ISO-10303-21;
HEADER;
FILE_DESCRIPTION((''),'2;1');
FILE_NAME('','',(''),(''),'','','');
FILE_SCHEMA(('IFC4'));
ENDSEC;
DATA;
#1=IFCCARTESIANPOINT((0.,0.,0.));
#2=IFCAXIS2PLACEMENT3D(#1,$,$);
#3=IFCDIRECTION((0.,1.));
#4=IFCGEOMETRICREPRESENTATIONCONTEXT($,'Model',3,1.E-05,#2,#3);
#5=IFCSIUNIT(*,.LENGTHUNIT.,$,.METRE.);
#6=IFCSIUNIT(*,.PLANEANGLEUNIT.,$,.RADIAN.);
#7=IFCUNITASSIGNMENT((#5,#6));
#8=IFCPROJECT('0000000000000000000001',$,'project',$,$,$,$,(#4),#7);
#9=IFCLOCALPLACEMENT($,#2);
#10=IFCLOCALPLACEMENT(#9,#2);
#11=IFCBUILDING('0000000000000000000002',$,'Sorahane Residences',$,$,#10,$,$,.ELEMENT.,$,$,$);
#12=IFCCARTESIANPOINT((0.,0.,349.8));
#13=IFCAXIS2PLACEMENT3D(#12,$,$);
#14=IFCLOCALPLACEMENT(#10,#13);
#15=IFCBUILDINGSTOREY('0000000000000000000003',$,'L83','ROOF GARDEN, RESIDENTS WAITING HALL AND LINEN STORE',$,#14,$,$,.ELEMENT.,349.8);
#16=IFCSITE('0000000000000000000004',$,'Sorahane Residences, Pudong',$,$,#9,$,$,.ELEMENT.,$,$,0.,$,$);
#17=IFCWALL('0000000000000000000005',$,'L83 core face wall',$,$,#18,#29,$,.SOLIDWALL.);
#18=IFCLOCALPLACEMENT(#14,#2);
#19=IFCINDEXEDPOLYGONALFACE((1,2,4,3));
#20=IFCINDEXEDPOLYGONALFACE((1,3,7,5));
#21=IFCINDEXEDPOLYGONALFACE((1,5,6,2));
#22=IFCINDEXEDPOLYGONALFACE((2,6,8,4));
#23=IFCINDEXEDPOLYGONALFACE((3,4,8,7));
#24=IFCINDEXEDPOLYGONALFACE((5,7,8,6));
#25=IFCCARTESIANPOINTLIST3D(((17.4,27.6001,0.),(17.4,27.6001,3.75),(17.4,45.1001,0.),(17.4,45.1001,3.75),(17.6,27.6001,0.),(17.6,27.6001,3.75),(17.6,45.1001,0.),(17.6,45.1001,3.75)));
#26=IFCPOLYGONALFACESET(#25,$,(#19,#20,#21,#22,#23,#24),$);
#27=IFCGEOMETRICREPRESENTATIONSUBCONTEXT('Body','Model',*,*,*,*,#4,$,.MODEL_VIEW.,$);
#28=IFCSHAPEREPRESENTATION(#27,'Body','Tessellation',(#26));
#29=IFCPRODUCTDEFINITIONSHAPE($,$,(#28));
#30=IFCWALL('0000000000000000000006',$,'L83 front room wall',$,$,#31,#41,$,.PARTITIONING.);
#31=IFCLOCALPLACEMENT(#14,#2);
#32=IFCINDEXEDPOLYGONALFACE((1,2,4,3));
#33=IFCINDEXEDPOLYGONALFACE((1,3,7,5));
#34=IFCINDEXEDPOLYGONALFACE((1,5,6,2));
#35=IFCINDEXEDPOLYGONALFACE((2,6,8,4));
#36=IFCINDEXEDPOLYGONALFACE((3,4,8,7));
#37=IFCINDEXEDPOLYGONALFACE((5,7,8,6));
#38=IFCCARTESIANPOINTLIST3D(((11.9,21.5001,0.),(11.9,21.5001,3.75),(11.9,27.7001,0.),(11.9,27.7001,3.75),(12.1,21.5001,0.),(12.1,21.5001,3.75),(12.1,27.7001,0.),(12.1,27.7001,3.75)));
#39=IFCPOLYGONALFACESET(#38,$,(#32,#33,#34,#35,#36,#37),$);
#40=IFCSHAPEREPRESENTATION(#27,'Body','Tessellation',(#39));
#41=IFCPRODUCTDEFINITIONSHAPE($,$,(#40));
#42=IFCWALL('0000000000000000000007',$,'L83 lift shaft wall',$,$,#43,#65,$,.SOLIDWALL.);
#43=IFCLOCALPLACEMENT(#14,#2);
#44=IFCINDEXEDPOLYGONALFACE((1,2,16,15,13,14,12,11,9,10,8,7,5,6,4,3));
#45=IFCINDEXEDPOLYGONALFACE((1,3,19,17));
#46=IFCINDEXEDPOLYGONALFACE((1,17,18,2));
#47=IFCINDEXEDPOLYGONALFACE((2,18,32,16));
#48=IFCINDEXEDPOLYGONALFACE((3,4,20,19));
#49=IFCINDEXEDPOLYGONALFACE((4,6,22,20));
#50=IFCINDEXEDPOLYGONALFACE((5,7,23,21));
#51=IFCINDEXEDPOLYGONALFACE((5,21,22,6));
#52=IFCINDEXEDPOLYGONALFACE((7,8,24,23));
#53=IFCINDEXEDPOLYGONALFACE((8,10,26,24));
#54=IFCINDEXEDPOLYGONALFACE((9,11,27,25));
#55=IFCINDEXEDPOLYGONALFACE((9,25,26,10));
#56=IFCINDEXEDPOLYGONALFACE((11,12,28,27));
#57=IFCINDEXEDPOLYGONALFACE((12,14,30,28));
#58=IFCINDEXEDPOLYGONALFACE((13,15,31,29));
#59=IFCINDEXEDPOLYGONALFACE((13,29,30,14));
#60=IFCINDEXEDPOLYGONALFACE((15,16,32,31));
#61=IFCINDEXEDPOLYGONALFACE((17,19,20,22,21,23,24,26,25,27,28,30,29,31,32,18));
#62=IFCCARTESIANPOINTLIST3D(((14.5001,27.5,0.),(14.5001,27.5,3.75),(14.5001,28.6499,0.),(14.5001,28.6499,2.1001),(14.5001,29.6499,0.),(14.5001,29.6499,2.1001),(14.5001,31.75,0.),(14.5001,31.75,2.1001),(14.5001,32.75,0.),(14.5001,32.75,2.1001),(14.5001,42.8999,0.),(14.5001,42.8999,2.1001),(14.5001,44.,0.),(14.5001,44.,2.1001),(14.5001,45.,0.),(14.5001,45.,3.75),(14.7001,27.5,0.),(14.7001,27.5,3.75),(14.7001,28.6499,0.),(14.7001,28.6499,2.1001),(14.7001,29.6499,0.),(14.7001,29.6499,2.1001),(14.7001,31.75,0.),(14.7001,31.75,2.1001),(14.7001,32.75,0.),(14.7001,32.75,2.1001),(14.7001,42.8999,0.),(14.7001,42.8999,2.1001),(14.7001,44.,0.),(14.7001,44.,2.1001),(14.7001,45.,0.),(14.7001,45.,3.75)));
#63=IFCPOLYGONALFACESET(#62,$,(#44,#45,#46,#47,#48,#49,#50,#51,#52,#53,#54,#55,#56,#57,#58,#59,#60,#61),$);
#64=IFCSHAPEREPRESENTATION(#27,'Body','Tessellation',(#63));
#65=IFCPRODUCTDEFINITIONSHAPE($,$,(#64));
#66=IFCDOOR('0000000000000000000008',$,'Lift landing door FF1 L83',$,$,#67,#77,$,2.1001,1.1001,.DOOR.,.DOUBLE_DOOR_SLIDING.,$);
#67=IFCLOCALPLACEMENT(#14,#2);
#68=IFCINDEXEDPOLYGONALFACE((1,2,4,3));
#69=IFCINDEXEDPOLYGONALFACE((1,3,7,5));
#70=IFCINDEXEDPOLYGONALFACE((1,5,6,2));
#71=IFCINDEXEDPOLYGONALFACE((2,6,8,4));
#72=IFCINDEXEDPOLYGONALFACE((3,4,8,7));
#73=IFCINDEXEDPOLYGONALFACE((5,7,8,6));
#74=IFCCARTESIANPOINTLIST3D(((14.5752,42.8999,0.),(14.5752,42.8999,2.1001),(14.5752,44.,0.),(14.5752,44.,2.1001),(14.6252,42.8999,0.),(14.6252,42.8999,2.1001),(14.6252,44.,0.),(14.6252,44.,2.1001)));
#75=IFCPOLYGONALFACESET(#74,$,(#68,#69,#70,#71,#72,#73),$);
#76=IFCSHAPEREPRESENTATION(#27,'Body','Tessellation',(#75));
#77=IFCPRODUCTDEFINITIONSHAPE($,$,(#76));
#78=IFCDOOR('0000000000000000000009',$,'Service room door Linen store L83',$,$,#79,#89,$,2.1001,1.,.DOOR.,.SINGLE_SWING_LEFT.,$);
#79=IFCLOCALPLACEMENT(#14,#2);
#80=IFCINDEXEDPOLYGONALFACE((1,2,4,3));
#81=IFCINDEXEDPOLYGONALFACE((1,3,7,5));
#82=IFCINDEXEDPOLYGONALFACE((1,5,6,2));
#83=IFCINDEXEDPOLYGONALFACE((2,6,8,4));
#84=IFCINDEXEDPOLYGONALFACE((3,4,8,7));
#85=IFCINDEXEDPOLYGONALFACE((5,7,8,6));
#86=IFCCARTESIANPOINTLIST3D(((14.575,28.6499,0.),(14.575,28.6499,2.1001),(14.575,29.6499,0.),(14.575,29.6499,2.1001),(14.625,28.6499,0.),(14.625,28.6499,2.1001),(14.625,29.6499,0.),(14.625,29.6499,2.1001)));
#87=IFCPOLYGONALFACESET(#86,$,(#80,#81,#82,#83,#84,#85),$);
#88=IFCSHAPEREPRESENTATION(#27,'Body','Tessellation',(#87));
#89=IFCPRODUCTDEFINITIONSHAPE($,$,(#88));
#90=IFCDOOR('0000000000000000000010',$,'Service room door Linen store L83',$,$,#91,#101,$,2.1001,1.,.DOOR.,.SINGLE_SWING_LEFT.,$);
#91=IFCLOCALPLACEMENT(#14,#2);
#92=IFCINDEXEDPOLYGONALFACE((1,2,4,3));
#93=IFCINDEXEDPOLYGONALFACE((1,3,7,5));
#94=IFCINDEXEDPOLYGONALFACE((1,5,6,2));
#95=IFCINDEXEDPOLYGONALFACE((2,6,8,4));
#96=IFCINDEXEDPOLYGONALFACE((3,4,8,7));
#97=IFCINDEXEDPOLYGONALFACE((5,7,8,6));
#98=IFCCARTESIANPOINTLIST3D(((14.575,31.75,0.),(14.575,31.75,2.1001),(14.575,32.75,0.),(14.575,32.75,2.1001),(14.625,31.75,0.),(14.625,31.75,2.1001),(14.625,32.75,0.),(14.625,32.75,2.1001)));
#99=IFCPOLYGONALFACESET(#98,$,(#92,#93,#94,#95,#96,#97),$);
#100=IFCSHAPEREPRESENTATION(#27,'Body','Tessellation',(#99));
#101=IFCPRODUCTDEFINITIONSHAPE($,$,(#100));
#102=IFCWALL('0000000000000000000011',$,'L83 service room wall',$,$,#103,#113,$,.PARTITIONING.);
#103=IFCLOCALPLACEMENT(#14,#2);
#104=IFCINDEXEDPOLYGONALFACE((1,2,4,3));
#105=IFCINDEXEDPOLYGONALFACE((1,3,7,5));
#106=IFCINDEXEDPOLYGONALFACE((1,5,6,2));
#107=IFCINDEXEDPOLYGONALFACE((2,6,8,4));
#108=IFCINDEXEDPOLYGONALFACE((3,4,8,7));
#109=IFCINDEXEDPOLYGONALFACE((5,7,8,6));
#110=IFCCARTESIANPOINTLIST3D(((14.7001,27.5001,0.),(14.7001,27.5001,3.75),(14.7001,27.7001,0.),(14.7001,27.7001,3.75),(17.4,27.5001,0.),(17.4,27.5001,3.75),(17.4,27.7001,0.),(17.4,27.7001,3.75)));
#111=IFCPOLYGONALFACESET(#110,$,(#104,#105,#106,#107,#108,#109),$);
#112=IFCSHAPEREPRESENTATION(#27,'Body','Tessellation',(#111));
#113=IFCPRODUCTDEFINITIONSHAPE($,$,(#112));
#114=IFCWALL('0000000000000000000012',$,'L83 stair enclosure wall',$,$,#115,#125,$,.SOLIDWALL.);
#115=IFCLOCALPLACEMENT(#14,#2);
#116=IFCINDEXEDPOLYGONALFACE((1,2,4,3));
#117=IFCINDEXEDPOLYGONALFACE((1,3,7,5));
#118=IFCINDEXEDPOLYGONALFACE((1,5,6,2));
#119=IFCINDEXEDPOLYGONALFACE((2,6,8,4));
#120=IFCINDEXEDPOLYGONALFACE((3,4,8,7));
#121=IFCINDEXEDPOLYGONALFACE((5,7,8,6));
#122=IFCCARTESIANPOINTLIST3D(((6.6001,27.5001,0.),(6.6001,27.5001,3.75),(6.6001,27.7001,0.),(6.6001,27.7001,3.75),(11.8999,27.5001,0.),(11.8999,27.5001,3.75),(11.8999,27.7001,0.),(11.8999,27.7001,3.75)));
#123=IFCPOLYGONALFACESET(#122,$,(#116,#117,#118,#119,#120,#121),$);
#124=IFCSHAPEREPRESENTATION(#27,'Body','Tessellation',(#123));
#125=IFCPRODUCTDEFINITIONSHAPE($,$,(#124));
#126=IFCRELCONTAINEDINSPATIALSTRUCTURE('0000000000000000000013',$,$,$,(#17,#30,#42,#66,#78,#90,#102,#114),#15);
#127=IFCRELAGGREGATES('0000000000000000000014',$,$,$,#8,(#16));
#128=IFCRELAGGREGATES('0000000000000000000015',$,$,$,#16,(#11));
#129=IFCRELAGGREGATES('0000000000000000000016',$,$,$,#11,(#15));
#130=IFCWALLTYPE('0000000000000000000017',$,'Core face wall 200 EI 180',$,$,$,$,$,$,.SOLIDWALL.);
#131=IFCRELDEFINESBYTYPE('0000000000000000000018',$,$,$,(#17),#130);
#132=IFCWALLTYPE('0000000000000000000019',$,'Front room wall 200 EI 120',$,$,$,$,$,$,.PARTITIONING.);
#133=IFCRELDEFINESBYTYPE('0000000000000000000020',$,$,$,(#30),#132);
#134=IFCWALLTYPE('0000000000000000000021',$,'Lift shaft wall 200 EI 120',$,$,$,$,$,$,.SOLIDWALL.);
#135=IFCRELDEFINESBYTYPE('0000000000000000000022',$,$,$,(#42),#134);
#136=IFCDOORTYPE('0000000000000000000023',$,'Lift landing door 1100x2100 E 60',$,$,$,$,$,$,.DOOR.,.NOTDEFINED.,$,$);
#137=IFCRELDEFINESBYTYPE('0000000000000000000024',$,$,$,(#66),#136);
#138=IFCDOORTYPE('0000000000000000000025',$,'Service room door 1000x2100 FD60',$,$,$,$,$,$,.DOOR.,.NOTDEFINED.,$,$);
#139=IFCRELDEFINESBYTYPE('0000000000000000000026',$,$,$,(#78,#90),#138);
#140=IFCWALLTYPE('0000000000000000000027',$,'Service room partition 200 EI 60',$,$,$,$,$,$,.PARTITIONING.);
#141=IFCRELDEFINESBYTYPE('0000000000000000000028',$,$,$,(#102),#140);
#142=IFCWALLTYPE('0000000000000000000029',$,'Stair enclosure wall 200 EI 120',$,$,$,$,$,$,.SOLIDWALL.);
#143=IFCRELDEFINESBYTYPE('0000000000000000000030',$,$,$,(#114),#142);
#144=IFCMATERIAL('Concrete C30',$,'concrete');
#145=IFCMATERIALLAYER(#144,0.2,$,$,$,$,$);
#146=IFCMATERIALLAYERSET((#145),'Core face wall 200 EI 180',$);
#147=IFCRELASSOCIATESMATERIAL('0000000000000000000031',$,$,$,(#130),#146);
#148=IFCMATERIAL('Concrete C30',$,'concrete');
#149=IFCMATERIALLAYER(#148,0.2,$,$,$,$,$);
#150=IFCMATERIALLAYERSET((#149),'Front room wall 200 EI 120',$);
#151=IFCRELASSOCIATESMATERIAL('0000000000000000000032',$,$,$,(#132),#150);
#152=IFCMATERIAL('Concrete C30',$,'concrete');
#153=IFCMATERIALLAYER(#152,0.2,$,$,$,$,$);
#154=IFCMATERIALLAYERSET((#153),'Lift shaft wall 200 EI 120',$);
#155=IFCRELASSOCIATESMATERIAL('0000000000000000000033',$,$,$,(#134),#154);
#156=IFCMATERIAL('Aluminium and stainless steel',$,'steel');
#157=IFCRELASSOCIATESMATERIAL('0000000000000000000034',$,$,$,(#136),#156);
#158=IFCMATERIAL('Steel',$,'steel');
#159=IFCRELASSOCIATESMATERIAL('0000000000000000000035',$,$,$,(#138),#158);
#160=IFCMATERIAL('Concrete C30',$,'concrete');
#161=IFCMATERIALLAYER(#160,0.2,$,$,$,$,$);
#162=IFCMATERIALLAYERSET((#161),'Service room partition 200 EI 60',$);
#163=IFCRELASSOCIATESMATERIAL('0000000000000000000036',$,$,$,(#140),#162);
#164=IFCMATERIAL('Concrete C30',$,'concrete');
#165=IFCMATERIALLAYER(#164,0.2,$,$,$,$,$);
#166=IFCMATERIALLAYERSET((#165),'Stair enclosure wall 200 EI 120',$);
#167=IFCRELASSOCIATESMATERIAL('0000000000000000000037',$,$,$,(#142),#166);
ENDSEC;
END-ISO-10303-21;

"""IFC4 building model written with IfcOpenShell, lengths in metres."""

from ifc_helpers import new_model, si_unit, direction, frame, frame_2d, origin, place, context, subcontext, project, spatial, rectangle, extrude, material, layer, layer_set, type_object, element, fill, save


model = new_model("IFC4")

# Units and contexts
model_context = context("Model", 3, precision=1e-05, world=origin(), true_north=direction((0.0, 1.0)))
body_context = subcontext(model_context, "Body", "Model", "MODEL_VIEW")
ifc_project = project(units=[si_unit("LENGTHUNIT", "METRE"), si_unit("PLANEANGLEUNIT", "RADIAN")], contexts=[model_context])

# Site, building, storey
site_placement = place(None, origin())
site = spatial("IfcSite", under=ifc_project, at=site_placement, Name="Sorahane Residences, Pudong", CompositionType="ELEMENT", RefElevation=0.0)
building_placement = place(site_placement, origin())
building = spatial("IfcBuilding", under=site, at=building_placement, Name="Sorahane Residences", CompositionType="ELEMENT")
storey_placement = place(building_placement, frame((0.0, 0.0, 349.8)))
storey = spatial("IfcBuildingStorey", under=building, at=storey_placement, Name="L83", Description="ROOF GARDEN, RESIDENTS WAITING HALL AND LINEN STORE", CompositionType="ELEMENT", Elevation=349.8)

# Walls
ifc_material_1 = material(Name="Concrete C30", Category="concrete")
ifc_layer_1 = layer(ifc_material_1, 0.2)
ifc_layer_set_1 = layer_set([ifc_layer_1], Name="Core face wall 200 EI 180")
wall_type_1 = type_object("IfcWallType", Name="Core face wall 200 EI 180", PredefinedType="SOLIDWALL", material=ifc_layer_set_1)
wall_1_placement = place(storey_placement, frame((17.5, 27.6001, 0.0), z_axis=(0.0, 0.0, 1.0), x_axis=(0.0, 1.0, 0.0)))
element("IfcWall", 1, at=wall_1_placement, inside=storey, type_object=wall_type_1, Name="L83 core face wall", PredefinedType="SOLIDWALL", context=body_context, shape_type="SweptSolid", body=[
    extrude(rectangle(XDim=17.5, YDim=0.2, at=frame_2d((8.75, 0.0))), origin(), (0.0, 0.0, 1.0), 3.75),
])
ifc_material_2 = material(Name="Concrete C30", Category="concrete")
ifc_layer_2 = layer(ifc_material_2, 0.2)
ifc_layer_set_2 = layer_set([ifc_layer_2], Name="Front room wall 200 EI 120")
wall_type_2 = type_object("IfcWallType", Name="Front room wall 200 EI 120", PredefinedType="PARTITIONING", material=ifc_layer_set_2)
wall_2_placement = place(storey_placement, frame((12.0, 21.5, 0.0), z_axis=(0.0, 0.0, 1.0), x_axis=(0.0, 1.0, 0.0)))
element("IfcWall", 2, at=wall_2_placement, inside=storey, type_object=wall_type_2, Name="L83 front room wall", PredefinedType="PARTITIONING", context=body_context, shape_type="SweptSolid", body=[
    extrude(rectangle(XDim=6.2, YDim=0.2, at=frame_2d((3.1001, 0.0))), origin(), (0.0, 0.0, 1.0), 3.75),
])

# Wall, openings, doors
ifc_material_3 = material(Name="Concrete C30", Category="concrete")
ifc_layer_3 = layer(ifc_material_3, 0.2)
ifc_layer_set_3 = layer_set([ifc_layer_3], Name="Lift shaft wall 200 EI 120")
wall_type_3 = type_object("IfcWallType", Name="Lift shaft wall 200 EI 120", PredefinedType="SOLIDWALL", material=ifc_layer_set_3)
wall_3_placement = place(storey_placement, frame((14.6001, 27.5, 0.0), z_axis=(0.0, 0.0, 1.0), x_axis=(0.0, 1.0, 0.0)))
wall_3 = element("IfcWall", 3, at=wall_3_placement, inside=storey, type_object=wall_type_3, Name="L83 lift shaft wall", PredefinedType="SOLIDWALL", context=body_context, shape_type="SweptSolid", body=[
    extrude(rectangle(XDim=17.5, YDim=0.2, at=frame_2d((8.75, 0.0))), origin(), (0.0, 0.0, 1.0), 3.75),
])
opening_1_placement = place(wall_3_placement, frame((15.3999, 0.0, 0.0)))
opening_1 = element("IfcOpeningElement", 4, at=opening_1_placement, cuts=wall_3, PredefinedType="OPENING", context=body_context, shape_type="SweptSolid", body=[
    extrude(rectangle(XDim=1.1001, YDim=2.1001, at=frame_2d((0.55, 1.05))), frame((0.0, 0.1099, 0.0), z_axis=(0.0, -1.0, 0.0), x_axis=(1.0, 0.0, 0.0)), (0.0, 0.0, 1.0), 0.22),
])
opening_2_placement = place(wall_3_placement, frame((1.1499, 0.0, 0.0)))
opening_2 = element("IfcOpeningElement", 5, at=opening_2_placement, cuts=wall_3, PredefinedType="OPENING", context=body_context, shape_type="SweptSolid", body=[
    extrude(rectangle(XDim=1.0, YDim=2.1001, at=frame_2d((0.5, 1.05))), frame((0.0, 0.1099, 0.0), z_axis=(0.0, -1.0, 0.0), x_axis=(1.0, 0.0, 0.0)), (0.0, 0.0, 1.0), 0.22),
])
opening_3_placement = place(wall_3_placement, frame((4.25, 0.0, 0.0)))
opening_3 = element("IfcOpeningElement", 6, at=opening_3_placement, cuts=wall_3, PredefinedType="OPENING", context=body_context, shape_type="SweptSolid", body=[
    extrude(rectangle(XDim=1.0, YDim=2.1001, at=frame_2d((0.5, 1.05))), frame((0.0, 0.1099, 0.0), z_axis=(0.0, -1.0, 0.0), x_axis=(1.0, 0.0, 0.0)), (0.0, 0.0, 1.0), 0.22),
])
ifc_material_4 = material(Name="Aluminium and stainless steel", Category="steel")
door_type_1 = type_object("IfcDoorType", Name="Lift landing door 1100x2100 E 60", OperationType="NOTDEFINED", PredefinedType="DOOR", material=ifc_material_4)
door_1_placement = place(opening_1_placement, origin())
door_1 = element("IfcDoor", 7, at=door_1_placement, inside=storey, type_object=door_type_1, Name="Lift landing door FF1 L83", OperationType="DOUBLE_DOOR_SLIDING", OverallHeight=2.1001, OverallWidth=1.1001, PredefinedType="DOOR", context=body_context, shape_type="SweptSolid", body=[
    extrude(rectangle(XDim=1.1001, YDim=2.1001, at=frame_2d((0.55, 1.05))), frame((0.0, 0.0249, 0.0), z_axis=(0.0, -1.0, 0.0), x_axis=(1.0, 0.0, 0.0)), (0.0, 0.0, 1.0), 0.05),
])
fill(opening_1, door_1)
ifc_material_5 = material(Name="Steel", Category="steel")
door_type_2 = type_object("IfcDoorType", Name="Service room door 1000x2100 FD60", OperationType="NOTDEFINED", PredefinedType="DOOR", material=ifc_material_5)
door_2_placement = place(opening_2_placement, frame((1.0, 0.0, 0.0), z_axis=(0.0, 0.0, 1.0), x_axis=(-1.0, 0.0, 0.0)))
door_2 = element("IfcDoor", 8, at=door_2_placement, inside=storey, type_object=door_type_2, Name="Service room door Linen store L83", OperationType="SINGLE_SWING_LEFT", OverallHeight=2.1001, OverallWidth=1.0, PredefinedType="DOOR", context=body_context, shape_type="SweptSolid", body=[
    extrude(rectangle(XDim=1.0, YDim=2.1001, at=frame_2d((0.5, 1.05))), frame((0.0, 0.0249, 0.0), z_axis=(0.0, -1.0, 0.0), x_axis=(1.0, 0.0, 0.0)), (0.0, 0.0, 1.0), 0.05),
])
fill(opening_2, door_2)
door_3_placement = place(opening_3_placement, frame((1.0, 0.0, 0.0), z_axis=(0.0, 0.0, 1.0), x_axis=(-1.0, 0.0, 0.0)))
door_3 = element("IfcDoor", 9, at=door_3_placement, inside=storey, type_object=door_type_2, Name="Service room door Linen store L83", OperationType="SINGLE_SWING_LEFT", OverallHeight=2.1001, OverallWidth=1.0, PredefinedType="DOOR", context=body_context, shape_type="SweptSolid", body=[
    extrude(rectangle(XDim=1.0, YDim=2.1001, at=frame_2d((0.5, 1.05))), frame((0.0, 0.0249, 0.0), z_axis=(0.0, -1.0, 0.0), x_axis=(1.0, 0.0, 0.0)), (0.0, 0.0, 1.0), 0.05),
])
fill(opening_3, door_3)

# Walls
ifc_material_6 = material(Name="Concrete C30", Category="concrete")
ifc_layer_4 = layer(ifc_material_6, 0.2)
ifc_layer_set_4 = layer_set([ifc_layer_4], Name="Service room partition 200 EI 60")
wall_type_4 = type_object("IfcWallType", Name="Service room partition 200 EI 60", PredefinedType="PARTITIONING", material=ifc_layer_set_4)
wall_4_placement = place(storey_placement, frame((14.7, 27.6001, 0.0), z_axis=(0.0, 0.0, 1.0), x_axis=(1.0, 0.0, 0.0)))
element("IfcWall", 10, at=wall_4_placement, inside=storey, type_object=wall_type_4, Name="L83 service room wall", PredefinedType="PARTITIONING", context=body_context, shape_type="SweptSolid", body=[
    extrude(rectangle(XDim=2.7, YDim=0.2, at=frame_2d((1.3501, 0.0))), origin(), (0.0, 0.0, 1.0), 3.75),
])
ifc_material_7 = material(Name="Concrete C30", Category="concrete")
ifc_layer_5 = layer(ifc_material_7, 0.2)
ifc_layer_set_5 = layer_set([ifc_layer_5], Name="Stair enclosure wall 200 EI 120")
wall_type_5 = type_object("IfcWallType", Name="Stair enclosure wall 200 EI 120", PredefinedType="SOLIDWALL", material=ifc_layer_set_5)
wall_5_placement = place(storey_placement, frame((6.6001, 27.6001, 0.0), z_axis=(0.0, 0.0, 1.0), x_axis=(1.0, 0.0, 0.0)))
element("IfcWall", 11, at=wall_5_placement, inside=storey, type_object=wall_type_5, Name="L83 stair enclosure wall", PredefinedType="SOLIDWALL", context=body_context, shape_type="SweptSolid", body=[
    extrude(rectangle(XDim=5.2998, YDim=0.2, at=frame_2d((2.6499, 0.0))), origin(), (0.0, 0.0, 1.0), 3.75),
])

save(model, "model.ifc")
